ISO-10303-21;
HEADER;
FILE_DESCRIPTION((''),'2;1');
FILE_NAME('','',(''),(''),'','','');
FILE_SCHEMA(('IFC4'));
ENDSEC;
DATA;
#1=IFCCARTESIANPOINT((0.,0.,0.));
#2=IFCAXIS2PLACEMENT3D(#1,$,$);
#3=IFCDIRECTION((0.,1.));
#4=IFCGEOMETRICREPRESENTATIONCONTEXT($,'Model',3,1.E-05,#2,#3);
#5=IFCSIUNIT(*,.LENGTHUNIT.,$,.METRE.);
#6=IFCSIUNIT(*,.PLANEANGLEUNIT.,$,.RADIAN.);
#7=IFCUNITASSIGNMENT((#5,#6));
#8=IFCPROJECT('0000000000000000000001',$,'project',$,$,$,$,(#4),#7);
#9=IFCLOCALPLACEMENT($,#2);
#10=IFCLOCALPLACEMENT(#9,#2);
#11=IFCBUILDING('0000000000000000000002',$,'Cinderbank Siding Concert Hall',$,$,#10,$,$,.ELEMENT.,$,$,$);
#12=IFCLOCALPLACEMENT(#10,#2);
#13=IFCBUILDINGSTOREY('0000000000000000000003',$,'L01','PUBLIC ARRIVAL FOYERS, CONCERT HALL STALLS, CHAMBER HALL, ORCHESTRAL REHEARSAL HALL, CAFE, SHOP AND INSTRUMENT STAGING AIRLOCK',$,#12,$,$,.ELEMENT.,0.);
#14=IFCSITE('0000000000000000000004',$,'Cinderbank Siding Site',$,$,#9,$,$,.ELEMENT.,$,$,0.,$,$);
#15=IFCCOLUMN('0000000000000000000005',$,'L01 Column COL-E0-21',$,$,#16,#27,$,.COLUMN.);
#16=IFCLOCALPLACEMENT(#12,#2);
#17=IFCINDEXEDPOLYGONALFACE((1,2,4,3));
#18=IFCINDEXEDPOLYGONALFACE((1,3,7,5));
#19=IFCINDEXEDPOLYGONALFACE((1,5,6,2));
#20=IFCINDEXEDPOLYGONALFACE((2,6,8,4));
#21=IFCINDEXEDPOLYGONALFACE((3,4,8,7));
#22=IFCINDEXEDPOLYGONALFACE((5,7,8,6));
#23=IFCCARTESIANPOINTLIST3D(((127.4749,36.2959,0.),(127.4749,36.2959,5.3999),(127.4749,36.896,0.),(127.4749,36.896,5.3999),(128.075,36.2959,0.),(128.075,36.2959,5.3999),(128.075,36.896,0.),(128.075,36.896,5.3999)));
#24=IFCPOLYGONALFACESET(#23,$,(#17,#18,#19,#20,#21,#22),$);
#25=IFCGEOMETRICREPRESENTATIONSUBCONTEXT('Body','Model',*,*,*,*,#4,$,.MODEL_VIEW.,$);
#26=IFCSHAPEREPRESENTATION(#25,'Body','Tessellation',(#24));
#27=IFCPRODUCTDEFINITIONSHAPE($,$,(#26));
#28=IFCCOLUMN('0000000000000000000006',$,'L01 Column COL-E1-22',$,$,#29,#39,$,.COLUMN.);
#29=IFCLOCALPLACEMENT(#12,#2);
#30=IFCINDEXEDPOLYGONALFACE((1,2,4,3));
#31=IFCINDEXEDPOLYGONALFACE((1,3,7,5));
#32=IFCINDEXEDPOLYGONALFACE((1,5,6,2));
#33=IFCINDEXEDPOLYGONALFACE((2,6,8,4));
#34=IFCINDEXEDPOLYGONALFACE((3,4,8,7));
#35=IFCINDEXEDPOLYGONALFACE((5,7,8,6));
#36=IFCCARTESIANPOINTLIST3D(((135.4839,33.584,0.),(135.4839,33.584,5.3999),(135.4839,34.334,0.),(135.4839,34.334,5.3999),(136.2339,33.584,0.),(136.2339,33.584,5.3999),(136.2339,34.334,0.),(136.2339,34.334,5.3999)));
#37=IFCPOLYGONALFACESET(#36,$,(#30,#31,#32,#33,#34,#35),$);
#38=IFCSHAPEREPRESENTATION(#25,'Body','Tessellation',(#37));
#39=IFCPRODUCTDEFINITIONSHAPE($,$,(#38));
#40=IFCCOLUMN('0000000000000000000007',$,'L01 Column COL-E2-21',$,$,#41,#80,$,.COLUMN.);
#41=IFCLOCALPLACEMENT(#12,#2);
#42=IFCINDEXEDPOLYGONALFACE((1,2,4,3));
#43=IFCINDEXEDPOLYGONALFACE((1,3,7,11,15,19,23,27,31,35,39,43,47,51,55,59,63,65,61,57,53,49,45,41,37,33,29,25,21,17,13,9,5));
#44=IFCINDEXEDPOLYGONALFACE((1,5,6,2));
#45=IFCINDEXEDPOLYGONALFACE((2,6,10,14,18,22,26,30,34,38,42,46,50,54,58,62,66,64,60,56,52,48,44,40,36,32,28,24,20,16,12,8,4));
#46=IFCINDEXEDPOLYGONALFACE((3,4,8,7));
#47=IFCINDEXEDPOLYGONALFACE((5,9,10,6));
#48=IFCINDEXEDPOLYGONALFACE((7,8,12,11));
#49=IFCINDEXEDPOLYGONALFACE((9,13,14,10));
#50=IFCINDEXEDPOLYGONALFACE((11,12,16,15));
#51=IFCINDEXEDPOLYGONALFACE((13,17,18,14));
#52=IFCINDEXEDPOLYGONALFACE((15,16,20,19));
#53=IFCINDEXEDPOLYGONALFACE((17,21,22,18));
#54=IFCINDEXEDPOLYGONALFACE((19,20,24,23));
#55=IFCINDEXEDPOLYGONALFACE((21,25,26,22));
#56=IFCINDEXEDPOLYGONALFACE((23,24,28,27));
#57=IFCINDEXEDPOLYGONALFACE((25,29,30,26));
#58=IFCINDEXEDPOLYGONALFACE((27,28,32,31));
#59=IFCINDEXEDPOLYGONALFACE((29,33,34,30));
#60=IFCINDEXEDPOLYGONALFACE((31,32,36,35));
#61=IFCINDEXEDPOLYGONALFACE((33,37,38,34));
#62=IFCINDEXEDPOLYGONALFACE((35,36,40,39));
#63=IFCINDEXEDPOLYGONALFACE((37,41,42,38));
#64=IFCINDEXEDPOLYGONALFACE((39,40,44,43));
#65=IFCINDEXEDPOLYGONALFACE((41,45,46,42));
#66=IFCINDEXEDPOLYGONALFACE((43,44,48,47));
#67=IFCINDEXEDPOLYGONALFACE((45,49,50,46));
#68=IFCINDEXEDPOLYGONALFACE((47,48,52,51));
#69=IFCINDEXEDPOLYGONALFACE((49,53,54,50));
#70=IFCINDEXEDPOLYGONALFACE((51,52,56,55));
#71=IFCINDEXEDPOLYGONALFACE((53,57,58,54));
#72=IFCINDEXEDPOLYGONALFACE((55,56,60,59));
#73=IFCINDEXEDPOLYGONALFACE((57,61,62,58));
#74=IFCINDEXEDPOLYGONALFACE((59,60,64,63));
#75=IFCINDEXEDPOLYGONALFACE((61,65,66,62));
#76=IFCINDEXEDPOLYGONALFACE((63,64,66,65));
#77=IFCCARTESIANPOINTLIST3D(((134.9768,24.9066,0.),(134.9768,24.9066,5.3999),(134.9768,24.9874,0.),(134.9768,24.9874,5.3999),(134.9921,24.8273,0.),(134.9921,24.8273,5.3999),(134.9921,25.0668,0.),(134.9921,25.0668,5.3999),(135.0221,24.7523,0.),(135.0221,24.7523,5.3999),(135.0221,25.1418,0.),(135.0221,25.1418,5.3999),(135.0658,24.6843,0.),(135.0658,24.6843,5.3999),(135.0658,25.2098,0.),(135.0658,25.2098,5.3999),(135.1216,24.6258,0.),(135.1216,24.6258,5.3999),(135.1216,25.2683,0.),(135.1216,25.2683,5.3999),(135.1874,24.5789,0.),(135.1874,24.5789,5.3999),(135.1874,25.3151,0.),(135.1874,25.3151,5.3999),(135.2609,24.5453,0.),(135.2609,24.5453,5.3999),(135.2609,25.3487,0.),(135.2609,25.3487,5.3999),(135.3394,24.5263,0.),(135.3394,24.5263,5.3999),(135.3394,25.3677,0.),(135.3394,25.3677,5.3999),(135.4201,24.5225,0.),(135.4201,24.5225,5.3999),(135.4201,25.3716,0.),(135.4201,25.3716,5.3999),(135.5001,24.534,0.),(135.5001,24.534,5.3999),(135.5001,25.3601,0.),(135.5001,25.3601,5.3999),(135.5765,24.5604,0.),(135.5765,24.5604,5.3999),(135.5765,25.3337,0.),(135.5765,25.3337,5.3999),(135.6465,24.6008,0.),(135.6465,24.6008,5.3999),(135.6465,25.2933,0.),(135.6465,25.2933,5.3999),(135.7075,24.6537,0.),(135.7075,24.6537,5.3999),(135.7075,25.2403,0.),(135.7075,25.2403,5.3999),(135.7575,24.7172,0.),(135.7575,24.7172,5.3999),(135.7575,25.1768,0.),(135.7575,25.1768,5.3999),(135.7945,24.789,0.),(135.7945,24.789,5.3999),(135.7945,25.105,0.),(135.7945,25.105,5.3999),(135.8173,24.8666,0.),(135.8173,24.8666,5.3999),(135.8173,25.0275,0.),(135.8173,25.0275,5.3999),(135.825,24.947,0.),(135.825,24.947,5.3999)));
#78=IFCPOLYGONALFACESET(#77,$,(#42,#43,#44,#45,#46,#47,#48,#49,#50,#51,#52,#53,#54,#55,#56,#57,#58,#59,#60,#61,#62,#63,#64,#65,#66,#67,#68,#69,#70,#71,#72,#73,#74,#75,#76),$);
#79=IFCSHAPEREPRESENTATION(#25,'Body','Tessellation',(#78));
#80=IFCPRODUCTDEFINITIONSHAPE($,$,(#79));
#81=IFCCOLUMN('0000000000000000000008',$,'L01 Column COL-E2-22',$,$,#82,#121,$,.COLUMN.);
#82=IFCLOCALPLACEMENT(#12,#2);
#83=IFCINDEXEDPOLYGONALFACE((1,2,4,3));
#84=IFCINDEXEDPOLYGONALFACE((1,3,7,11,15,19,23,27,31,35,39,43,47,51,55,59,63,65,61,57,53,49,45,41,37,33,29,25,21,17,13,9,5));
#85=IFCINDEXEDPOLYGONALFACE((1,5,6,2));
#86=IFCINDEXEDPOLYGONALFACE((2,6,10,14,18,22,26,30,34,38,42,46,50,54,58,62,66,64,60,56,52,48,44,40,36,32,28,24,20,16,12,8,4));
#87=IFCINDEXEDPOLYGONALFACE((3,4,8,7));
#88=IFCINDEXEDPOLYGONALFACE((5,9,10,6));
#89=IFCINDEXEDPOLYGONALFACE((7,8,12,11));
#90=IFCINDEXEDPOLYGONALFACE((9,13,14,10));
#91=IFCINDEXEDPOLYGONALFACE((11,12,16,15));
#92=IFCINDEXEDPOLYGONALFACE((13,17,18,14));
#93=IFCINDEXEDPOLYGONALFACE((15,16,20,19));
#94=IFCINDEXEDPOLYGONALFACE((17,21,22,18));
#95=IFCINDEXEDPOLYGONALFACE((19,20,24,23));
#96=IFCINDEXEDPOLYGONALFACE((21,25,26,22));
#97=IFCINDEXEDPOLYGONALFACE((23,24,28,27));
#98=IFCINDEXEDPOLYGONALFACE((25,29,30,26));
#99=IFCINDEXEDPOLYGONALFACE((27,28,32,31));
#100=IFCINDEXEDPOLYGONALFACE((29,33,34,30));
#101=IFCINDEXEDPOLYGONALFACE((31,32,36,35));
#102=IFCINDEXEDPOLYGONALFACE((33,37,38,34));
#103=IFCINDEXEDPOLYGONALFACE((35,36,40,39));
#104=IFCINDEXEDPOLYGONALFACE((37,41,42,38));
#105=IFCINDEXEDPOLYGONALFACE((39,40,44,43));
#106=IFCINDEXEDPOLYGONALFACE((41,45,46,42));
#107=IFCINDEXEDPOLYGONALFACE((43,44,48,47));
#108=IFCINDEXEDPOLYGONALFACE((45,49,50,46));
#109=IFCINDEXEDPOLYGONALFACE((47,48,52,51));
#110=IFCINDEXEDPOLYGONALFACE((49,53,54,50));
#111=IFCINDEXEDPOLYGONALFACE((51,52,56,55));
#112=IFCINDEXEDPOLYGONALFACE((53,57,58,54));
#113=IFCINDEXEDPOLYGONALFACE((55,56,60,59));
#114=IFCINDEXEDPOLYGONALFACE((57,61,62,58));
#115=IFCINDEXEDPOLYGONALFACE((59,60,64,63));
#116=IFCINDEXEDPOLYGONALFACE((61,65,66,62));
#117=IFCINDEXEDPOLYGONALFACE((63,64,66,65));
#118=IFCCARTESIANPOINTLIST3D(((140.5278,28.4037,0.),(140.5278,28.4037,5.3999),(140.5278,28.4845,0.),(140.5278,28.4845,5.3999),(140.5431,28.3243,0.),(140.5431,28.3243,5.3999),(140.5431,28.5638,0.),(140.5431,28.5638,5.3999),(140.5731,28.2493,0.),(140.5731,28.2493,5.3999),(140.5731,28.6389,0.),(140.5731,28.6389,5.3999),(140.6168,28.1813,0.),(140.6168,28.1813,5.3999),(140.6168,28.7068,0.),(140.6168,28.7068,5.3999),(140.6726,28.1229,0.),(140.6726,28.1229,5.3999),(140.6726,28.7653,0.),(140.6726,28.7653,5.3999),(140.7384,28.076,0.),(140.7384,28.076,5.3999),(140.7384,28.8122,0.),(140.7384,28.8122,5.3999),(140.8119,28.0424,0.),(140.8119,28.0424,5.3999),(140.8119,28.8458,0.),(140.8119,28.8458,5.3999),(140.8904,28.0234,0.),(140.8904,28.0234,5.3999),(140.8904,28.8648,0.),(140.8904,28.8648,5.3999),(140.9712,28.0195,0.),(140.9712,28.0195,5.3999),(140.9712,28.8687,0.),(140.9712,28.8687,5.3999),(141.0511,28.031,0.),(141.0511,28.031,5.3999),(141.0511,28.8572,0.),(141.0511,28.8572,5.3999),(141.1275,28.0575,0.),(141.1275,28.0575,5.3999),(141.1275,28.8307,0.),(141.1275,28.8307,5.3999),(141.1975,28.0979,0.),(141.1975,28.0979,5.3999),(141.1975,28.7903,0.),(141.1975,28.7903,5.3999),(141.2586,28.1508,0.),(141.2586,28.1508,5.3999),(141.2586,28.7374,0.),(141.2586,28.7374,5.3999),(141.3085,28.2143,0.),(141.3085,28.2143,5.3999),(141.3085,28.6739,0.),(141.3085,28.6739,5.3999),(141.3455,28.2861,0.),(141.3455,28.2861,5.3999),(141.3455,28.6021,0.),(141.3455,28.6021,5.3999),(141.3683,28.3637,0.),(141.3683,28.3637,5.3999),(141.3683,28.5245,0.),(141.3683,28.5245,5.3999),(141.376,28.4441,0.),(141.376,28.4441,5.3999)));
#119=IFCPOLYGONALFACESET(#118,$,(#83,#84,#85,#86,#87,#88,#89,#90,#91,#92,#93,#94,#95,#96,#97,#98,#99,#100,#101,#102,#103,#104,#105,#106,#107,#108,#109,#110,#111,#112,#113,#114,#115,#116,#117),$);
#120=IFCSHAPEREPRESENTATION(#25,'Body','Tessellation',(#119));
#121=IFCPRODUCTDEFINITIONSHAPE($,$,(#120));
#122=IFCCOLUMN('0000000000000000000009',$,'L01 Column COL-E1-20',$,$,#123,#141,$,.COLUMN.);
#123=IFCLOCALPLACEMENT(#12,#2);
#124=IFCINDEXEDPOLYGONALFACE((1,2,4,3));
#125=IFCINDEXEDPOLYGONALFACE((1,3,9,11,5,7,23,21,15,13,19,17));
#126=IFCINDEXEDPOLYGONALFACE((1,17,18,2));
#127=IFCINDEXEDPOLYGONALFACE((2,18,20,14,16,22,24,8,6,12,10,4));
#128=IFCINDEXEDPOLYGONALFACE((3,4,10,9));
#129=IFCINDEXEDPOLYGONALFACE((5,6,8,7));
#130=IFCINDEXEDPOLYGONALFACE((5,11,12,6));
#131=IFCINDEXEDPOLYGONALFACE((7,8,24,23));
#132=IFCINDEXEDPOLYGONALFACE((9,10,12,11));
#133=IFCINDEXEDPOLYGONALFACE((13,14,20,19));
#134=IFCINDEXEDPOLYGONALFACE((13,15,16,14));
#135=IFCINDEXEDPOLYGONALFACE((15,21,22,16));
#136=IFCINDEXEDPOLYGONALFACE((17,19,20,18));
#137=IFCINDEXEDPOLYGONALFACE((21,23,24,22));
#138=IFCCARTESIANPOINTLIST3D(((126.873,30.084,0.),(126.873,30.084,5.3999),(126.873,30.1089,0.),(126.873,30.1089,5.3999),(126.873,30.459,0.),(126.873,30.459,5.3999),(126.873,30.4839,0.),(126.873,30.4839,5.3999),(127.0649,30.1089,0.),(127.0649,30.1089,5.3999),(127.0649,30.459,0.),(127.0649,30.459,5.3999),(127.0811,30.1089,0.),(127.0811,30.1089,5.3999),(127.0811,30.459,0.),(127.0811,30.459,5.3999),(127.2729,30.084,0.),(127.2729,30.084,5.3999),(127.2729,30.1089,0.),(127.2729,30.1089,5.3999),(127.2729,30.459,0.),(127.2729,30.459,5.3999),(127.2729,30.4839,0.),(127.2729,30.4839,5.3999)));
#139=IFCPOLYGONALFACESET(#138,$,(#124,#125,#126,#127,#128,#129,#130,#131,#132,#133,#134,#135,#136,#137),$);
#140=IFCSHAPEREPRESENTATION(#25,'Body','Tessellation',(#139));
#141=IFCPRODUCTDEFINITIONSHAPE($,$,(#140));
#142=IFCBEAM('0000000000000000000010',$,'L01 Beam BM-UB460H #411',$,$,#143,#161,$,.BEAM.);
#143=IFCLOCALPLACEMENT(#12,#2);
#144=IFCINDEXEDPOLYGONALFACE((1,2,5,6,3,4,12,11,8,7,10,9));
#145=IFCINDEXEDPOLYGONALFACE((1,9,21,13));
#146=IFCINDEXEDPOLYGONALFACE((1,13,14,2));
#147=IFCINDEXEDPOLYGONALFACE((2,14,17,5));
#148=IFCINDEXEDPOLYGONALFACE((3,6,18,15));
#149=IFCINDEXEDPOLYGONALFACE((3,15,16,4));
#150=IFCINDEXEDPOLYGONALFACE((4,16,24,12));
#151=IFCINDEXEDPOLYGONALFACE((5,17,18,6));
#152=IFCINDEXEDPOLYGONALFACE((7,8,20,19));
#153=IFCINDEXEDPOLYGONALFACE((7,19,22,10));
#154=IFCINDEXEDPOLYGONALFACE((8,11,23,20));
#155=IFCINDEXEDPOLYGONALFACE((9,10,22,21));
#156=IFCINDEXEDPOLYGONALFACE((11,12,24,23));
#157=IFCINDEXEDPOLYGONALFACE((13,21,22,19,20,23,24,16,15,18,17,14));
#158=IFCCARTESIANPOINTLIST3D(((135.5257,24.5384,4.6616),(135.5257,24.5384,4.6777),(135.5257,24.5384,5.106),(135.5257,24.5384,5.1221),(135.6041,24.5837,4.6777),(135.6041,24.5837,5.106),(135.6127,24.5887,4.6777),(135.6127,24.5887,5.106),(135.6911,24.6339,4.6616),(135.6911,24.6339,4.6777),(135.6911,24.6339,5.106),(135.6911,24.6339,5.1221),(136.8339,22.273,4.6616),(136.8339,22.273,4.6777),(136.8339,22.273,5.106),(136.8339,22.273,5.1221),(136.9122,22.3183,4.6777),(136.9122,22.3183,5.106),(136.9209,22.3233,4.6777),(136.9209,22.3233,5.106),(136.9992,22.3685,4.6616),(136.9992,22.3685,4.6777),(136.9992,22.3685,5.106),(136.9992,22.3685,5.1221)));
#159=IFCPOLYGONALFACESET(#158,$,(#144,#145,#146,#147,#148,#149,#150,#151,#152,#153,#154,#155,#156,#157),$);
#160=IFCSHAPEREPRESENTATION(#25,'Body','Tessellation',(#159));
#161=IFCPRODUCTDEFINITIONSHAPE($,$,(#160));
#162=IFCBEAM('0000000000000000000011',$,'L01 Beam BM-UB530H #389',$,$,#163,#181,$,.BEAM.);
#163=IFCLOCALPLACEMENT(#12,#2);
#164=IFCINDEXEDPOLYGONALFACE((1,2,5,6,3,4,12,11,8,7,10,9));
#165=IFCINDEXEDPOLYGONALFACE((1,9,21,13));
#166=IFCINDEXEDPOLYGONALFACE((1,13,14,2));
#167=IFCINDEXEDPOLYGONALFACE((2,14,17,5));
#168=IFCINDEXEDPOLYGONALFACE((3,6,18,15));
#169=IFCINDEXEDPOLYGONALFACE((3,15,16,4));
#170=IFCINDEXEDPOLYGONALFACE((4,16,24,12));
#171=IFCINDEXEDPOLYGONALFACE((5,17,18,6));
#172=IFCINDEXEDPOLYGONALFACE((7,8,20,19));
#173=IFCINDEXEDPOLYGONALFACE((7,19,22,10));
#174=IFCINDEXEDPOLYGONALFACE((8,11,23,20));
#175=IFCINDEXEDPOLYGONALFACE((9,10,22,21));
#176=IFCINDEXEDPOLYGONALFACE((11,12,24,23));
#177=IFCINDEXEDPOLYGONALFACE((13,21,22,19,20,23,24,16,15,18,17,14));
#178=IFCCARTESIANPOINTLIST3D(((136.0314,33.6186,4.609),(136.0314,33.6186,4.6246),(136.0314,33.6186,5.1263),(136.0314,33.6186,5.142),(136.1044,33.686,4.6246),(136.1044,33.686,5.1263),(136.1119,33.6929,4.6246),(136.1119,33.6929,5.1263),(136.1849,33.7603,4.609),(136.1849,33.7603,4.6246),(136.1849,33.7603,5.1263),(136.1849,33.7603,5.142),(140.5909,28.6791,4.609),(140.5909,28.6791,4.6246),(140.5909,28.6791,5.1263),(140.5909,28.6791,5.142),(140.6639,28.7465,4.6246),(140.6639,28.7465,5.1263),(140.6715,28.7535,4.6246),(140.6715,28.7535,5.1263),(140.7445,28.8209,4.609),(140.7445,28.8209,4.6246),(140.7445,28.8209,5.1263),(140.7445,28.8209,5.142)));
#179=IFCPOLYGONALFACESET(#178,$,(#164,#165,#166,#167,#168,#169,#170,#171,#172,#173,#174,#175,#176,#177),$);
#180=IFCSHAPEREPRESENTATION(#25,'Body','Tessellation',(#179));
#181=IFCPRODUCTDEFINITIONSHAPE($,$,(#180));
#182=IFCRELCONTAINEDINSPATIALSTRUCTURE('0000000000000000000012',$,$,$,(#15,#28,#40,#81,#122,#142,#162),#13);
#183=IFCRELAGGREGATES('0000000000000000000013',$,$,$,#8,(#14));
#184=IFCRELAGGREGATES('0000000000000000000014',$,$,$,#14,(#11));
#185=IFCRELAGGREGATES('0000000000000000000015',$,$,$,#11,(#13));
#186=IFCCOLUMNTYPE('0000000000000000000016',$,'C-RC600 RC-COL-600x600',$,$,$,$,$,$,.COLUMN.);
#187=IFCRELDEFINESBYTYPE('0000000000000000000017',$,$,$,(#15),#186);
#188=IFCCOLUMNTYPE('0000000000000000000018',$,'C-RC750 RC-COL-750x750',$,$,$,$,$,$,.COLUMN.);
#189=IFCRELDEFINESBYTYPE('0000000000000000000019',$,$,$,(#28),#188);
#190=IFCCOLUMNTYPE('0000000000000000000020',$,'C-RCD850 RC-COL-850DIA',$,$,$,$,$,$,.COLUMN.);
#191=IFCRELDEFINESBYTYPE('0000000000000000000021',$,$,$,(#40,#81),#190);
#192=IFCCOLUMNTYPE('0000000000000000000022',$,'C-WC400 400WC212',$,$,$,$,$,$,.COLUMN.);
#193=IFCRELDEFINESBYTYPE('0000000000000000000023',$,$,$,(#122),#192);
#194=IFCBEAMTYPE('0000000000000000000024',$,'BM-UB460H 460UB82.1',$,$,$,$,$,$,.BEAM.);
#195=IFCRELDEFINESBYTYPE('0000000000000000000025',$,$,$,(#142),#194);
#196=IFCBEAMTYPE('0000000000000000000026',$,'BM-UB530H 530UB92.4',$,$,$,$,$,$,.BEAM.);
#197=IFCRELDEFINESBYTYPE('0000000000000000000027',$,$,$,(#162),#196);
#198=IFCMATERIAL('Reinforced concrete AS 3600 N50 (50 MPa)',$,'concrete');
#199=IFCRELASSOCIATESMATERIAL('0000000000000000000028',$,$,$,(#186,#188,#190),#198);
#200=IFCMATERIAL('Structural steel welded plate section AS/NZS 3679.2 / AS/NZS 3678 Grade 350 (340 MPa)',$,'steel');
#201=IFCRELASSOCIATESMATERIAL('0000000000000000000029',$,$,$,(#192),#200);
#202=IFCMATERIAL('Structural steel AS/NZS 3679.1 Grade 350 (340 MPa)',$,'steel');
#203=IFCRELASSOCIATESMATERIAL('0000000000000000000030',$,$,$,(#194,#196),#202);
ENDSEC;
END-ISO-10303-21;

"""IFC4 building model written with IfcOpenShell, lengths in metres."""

from ifc_helpers import new_model, si_unit, direction, frame, origin, origin_2d, place, context, subcontext, project, spatial, rectangle, circle, i_section, extrude, material, material_profile, profile_set, type_object, element, save


model = new_model("IFC4")

# Units and contexts
model_context = context("Model", 3, precision=1e-05, world=origin(), true_north=direction((0.0, 1.0)))
body_context = subcontext(model_context, "Body", "Model", "MODEL_VIEW")
ifc_project = project(units=[si_unit("LENGTHUNIT", "METRE"), si_unit("PLANEANGLEUNIT", "RADIAN")], contexts=[model_context])

# Site, building, storey
site_placement = place(None, origin())
site = spatial("IfcSite", under=ifc_project, at=site_placement, Name="Cinderbank Siding Site", CompositionType="ELEMENT", RefElevation=0.0)
building_placement = place(site_placement, origin())
building = spatial("IfcBuilding", under=site, at=building_placement, Name="Cinderbank Siding Concert Hall", CompositionType="ELEMENT")
storey_placement = place(building_placement, origin())
storey = spatial("IfcBuildingStorey", under=building, at=storey_placement, Name="L01", Description="PUBLIC ARRIVAL FOYERS, CONCERT HALL STALLS, CHAMBER HALL, ORCHESTRAL REHEARSAL HALL, CAFE, SHOP AND INSTRUMENT STAGING AIRLOCK", CompositionType="ELEMENT", Elevation=0.0)

# Columns
ifc_material_1 = material(Name="Reinforced concrete AS 3600 N50 (50 MPa)", Category="concrete")
ifc_material_profile_1 = material_profile(ifc_material_1, rectangle(XDim=0.6001, YDim=0.6001, at=origin_2d()), Name="RC-COL-600x600", Category="LoadBearing")
ifc_profile_set_1 = profile_set([ifc_material_profile_1], Name="Reinforced concrete AS 3600 N50 (50 MPa)")
column_type_1 = type_object("IfcColumnType", Name="C-RC600 RC-COL-600x600", PredefinedType="COLUMN", material=ifc_profile_set_1)
column_1_placement = place(storey_placement, frame((127.7749, 36.5959, 0.0), z_axis=(0.0, 0.0, 1.0), x_axis=(1.0, 0.0, 0.0)))
element("IfcColumn", 1, at=column_1_placement, inside=storey, type_object=column_type_1, Name="L01 Column COL-E0-21", PredefinedType="COLUMN", context=body_context, shape_type="SweptSolid", body=[
    extrude(rectangle(XDim=0.6001, YDim=0.6001, at=origin_2d()), origin(), (0.0, 0.0, 1.0), 5.3999),
])
ifc_material_profile_2 = material_profile(ifc_material_1, rectangle(XDim=0.75, YDim=0.75, at=origin_2d()), Name="RC-COL-750x750", Category="LoadBearing")
ifc_profile_set_2 = profile_set([ifc_material_profile_2], Name="Reinforced concrete AS 3600 N50 (50 MPa)")
column_type_2 = type_object("IfcColumnType", Name="C-RC750 RC-COL-750x750", PredefinedType="COLUMN", material=ifc_profile_set_2)
column_2_placement = place(storey_placement, frame((135.8589, 33.959, 0.0), z_axis=(0.0, 0.0, 1.0), x_axis=(1.0, 0.0, 0.0)))
element("IfcColumn", 2, at=column_2_placement, inside=storey, type_object=column_type_2, Name="L01 Column COL-E1-22", PredefinedType="COLUMN", context=body_context, shape_type="SweptSolid", body=[
    extrude(rectangle(XDim=0.75, YDim=0.75, at=origin_2d()), origin(), (0.0, 0.0, 1.0), 5.3999),
])
ifc_material_profile_3 = material_profile(ifc_material_1, circle(Radius=0.425, at=origin_2d()), Name="RC-COL-850DIA", Category="LoadBearing")
ifc_profile_set_3 = profile_set([ifc_material_profile_3], Name="Reinforced concrete AS 3600 N50 (50 MPa)")
column_type_3 = type_object("IfcColumnType", Name="C-RCD850 RC-COL-850DIA", PredefinedType="COLUMN", material=ifc_profile_set_3)
for number, where, z_axis, x_axis, name in (
    (3, (135.3999, 24.947, 0.0), (0.0, 0.0, 1.0), (1.0, 0.0, 0.0), "L01 Column COL-E2-21"),
    (4, (140.9509, 28.4441, 0.0), (0.0, 0.0, 1.0), (1.0, 0.0, 0.0), "L01 Column COL-E2-22"),
):
    element("IfcColumn", number, at=place(storey_placement, frame(where, z_axis=z_axis, x_axis=x_axis)), inside=storey, type_object=column_type_3, Name=name, PredefinedType="COLUMN", context=body_context, shape_type="SweptSolid", body=[
        extrude(circle(Radius=0.425, at=origin_2d()), origin(), (0.0, 0.0, 1.0), 5.3999),
    ])
ifc_material_2 = material(Name="Structural steel welded plate section AS/NZS 3679.2 / AS/NZS 3678 Grade 350 (340 MPa)", Category="steel")
ifc_material_profile_4 = material_profile(ifc_material_2, i_section(OverallWidth=0.3999, OverallDepth=0.3999, WebThickness=0.0161, FlangeThickness=0.0249, at=origin_2d()), Name="400WC212", Category="LoadBearing")
ifc_profile_set_4 = profile_set([ifc_material_profile_4], Name="Structural steel welded plate section AS/NZS 3679.2 / AS/NZS 3678 Grade 350 (340 MPa)")
column_type_4 = type_object("IfcColumnType", Name="C-WC400 400WC212", PredefinedType="COLUMN", material=ifc_profile_set_4)
column_3_placement = place(storey_placement, frame((127.073, 30.2839, 0.0), z_axis=(0.0, 0.0, 1.0), x_axis=(1.0, 0.0, 0.0)))
element("IfcColumn", 5, at=column_3_placement, inside=storey, type_object=column_type_4, Name="L01 Column COL-E1-20", PredefinedType="COLUMN", context=body_context, shape_type="SweptSolid", body=[
    extrude(i_section(OverallWidth=0.3999, OverallDepth=0.3999, WebThickness=0.0161, FlangeThickness=0.0249, at=origin_2d()), origin(), (0.0, 0.0, 1.0), 5.3999),
])

# Beams
ifc_material_3 = material(Name="Structural steel AS/NZS 3679.1 Grade 350 (340 MPa)", Category="steel")
ifc_material_profile_5 = material_profile(ifc_material_3, i_section(OverallWidth=0.1909, OverallDepth=0.4604, WebThickness=0.01, FlangeThickness=0.0161, at=origin_2d()), Name="460UB82.1", Category="LoadBearing")
ifc_profile_set_5 = profile_set([ifc_material_profile_5], Name="Structural steel AS/NZS 3679.1 Grade 350 (340 MPa)")
beam_type_1 = type_object("IfcBeamType", Name="BM-UB460H 460UB82.1", PredefinedType="BEAM", material=ifc_profile_set_5)
beam_1_placement = place(storey_placement, frame((135.6084, 24.5862, 4.8918), z_axis=(0.500054, -0.865994, 0.0), x_axis=(0.865994, 0.500054, 0.0)))
element("IfcBeam", 6, at=beam_1_placement, inside=storey, type_object=beam_type_1, Name="L01 Beam BM-UB460H #411", PredefinedType="BEAM", context=body_context, shape_type="SweptSolid", body=[
    extrude(i_section(OverallWidth=0.1909, OverallDepth=0.4604, WebThickness=0.01, FlangeThickness=0.0161, at=origin_2d()), origin(), (0.0, 0.0, 1.0), 2.616),
])
ifc_material_profile_6 = material_profile(ifc_material_3, i_section(OverallWidth=0.209, OverallDepth=0.533, WebThickness=0.0103, FlangeThickness=0.0156, at=origin_2d()), Name="530UB92.4", Category="LoadBearing")
ifc_profile_set_6 = profile_set([ifc_material_profile_6], Name="Structural steel AS/NZS 3679.1 Grade 350 (340 MPa)")
beam_type_2 = type_object("IfcBeamType", Name="BM-UB530H 530UB92.4", PredefinedType="BEAM", material=ifc_profile_set_6)
beam_2_placement = place(storey_placement, frame((136.1082, 33.6895, 4.8755), z_axis=(0.678286, -0.734798, 0.0), x_axis=(0.734798, 0.678286, 0.0)))
element("IfcBeam", 7, at=beam_2_placement, inside=storey, type_object=beam_type_2, Name="L01 Beam BM-UB530H #389", PredefinedType="BEAM", context=body_context, shape_type="SweptSolid", body=[
    extrude(i_section(OverallWidth=0.209, OverallDepth=0.533, WebThickness=0.0103, FlangeThickness=0.0156, at=origin_2d()), origin(), (0.0, 0.0, 1.0), 6.7222),
])

save(model, "model.ifc")
